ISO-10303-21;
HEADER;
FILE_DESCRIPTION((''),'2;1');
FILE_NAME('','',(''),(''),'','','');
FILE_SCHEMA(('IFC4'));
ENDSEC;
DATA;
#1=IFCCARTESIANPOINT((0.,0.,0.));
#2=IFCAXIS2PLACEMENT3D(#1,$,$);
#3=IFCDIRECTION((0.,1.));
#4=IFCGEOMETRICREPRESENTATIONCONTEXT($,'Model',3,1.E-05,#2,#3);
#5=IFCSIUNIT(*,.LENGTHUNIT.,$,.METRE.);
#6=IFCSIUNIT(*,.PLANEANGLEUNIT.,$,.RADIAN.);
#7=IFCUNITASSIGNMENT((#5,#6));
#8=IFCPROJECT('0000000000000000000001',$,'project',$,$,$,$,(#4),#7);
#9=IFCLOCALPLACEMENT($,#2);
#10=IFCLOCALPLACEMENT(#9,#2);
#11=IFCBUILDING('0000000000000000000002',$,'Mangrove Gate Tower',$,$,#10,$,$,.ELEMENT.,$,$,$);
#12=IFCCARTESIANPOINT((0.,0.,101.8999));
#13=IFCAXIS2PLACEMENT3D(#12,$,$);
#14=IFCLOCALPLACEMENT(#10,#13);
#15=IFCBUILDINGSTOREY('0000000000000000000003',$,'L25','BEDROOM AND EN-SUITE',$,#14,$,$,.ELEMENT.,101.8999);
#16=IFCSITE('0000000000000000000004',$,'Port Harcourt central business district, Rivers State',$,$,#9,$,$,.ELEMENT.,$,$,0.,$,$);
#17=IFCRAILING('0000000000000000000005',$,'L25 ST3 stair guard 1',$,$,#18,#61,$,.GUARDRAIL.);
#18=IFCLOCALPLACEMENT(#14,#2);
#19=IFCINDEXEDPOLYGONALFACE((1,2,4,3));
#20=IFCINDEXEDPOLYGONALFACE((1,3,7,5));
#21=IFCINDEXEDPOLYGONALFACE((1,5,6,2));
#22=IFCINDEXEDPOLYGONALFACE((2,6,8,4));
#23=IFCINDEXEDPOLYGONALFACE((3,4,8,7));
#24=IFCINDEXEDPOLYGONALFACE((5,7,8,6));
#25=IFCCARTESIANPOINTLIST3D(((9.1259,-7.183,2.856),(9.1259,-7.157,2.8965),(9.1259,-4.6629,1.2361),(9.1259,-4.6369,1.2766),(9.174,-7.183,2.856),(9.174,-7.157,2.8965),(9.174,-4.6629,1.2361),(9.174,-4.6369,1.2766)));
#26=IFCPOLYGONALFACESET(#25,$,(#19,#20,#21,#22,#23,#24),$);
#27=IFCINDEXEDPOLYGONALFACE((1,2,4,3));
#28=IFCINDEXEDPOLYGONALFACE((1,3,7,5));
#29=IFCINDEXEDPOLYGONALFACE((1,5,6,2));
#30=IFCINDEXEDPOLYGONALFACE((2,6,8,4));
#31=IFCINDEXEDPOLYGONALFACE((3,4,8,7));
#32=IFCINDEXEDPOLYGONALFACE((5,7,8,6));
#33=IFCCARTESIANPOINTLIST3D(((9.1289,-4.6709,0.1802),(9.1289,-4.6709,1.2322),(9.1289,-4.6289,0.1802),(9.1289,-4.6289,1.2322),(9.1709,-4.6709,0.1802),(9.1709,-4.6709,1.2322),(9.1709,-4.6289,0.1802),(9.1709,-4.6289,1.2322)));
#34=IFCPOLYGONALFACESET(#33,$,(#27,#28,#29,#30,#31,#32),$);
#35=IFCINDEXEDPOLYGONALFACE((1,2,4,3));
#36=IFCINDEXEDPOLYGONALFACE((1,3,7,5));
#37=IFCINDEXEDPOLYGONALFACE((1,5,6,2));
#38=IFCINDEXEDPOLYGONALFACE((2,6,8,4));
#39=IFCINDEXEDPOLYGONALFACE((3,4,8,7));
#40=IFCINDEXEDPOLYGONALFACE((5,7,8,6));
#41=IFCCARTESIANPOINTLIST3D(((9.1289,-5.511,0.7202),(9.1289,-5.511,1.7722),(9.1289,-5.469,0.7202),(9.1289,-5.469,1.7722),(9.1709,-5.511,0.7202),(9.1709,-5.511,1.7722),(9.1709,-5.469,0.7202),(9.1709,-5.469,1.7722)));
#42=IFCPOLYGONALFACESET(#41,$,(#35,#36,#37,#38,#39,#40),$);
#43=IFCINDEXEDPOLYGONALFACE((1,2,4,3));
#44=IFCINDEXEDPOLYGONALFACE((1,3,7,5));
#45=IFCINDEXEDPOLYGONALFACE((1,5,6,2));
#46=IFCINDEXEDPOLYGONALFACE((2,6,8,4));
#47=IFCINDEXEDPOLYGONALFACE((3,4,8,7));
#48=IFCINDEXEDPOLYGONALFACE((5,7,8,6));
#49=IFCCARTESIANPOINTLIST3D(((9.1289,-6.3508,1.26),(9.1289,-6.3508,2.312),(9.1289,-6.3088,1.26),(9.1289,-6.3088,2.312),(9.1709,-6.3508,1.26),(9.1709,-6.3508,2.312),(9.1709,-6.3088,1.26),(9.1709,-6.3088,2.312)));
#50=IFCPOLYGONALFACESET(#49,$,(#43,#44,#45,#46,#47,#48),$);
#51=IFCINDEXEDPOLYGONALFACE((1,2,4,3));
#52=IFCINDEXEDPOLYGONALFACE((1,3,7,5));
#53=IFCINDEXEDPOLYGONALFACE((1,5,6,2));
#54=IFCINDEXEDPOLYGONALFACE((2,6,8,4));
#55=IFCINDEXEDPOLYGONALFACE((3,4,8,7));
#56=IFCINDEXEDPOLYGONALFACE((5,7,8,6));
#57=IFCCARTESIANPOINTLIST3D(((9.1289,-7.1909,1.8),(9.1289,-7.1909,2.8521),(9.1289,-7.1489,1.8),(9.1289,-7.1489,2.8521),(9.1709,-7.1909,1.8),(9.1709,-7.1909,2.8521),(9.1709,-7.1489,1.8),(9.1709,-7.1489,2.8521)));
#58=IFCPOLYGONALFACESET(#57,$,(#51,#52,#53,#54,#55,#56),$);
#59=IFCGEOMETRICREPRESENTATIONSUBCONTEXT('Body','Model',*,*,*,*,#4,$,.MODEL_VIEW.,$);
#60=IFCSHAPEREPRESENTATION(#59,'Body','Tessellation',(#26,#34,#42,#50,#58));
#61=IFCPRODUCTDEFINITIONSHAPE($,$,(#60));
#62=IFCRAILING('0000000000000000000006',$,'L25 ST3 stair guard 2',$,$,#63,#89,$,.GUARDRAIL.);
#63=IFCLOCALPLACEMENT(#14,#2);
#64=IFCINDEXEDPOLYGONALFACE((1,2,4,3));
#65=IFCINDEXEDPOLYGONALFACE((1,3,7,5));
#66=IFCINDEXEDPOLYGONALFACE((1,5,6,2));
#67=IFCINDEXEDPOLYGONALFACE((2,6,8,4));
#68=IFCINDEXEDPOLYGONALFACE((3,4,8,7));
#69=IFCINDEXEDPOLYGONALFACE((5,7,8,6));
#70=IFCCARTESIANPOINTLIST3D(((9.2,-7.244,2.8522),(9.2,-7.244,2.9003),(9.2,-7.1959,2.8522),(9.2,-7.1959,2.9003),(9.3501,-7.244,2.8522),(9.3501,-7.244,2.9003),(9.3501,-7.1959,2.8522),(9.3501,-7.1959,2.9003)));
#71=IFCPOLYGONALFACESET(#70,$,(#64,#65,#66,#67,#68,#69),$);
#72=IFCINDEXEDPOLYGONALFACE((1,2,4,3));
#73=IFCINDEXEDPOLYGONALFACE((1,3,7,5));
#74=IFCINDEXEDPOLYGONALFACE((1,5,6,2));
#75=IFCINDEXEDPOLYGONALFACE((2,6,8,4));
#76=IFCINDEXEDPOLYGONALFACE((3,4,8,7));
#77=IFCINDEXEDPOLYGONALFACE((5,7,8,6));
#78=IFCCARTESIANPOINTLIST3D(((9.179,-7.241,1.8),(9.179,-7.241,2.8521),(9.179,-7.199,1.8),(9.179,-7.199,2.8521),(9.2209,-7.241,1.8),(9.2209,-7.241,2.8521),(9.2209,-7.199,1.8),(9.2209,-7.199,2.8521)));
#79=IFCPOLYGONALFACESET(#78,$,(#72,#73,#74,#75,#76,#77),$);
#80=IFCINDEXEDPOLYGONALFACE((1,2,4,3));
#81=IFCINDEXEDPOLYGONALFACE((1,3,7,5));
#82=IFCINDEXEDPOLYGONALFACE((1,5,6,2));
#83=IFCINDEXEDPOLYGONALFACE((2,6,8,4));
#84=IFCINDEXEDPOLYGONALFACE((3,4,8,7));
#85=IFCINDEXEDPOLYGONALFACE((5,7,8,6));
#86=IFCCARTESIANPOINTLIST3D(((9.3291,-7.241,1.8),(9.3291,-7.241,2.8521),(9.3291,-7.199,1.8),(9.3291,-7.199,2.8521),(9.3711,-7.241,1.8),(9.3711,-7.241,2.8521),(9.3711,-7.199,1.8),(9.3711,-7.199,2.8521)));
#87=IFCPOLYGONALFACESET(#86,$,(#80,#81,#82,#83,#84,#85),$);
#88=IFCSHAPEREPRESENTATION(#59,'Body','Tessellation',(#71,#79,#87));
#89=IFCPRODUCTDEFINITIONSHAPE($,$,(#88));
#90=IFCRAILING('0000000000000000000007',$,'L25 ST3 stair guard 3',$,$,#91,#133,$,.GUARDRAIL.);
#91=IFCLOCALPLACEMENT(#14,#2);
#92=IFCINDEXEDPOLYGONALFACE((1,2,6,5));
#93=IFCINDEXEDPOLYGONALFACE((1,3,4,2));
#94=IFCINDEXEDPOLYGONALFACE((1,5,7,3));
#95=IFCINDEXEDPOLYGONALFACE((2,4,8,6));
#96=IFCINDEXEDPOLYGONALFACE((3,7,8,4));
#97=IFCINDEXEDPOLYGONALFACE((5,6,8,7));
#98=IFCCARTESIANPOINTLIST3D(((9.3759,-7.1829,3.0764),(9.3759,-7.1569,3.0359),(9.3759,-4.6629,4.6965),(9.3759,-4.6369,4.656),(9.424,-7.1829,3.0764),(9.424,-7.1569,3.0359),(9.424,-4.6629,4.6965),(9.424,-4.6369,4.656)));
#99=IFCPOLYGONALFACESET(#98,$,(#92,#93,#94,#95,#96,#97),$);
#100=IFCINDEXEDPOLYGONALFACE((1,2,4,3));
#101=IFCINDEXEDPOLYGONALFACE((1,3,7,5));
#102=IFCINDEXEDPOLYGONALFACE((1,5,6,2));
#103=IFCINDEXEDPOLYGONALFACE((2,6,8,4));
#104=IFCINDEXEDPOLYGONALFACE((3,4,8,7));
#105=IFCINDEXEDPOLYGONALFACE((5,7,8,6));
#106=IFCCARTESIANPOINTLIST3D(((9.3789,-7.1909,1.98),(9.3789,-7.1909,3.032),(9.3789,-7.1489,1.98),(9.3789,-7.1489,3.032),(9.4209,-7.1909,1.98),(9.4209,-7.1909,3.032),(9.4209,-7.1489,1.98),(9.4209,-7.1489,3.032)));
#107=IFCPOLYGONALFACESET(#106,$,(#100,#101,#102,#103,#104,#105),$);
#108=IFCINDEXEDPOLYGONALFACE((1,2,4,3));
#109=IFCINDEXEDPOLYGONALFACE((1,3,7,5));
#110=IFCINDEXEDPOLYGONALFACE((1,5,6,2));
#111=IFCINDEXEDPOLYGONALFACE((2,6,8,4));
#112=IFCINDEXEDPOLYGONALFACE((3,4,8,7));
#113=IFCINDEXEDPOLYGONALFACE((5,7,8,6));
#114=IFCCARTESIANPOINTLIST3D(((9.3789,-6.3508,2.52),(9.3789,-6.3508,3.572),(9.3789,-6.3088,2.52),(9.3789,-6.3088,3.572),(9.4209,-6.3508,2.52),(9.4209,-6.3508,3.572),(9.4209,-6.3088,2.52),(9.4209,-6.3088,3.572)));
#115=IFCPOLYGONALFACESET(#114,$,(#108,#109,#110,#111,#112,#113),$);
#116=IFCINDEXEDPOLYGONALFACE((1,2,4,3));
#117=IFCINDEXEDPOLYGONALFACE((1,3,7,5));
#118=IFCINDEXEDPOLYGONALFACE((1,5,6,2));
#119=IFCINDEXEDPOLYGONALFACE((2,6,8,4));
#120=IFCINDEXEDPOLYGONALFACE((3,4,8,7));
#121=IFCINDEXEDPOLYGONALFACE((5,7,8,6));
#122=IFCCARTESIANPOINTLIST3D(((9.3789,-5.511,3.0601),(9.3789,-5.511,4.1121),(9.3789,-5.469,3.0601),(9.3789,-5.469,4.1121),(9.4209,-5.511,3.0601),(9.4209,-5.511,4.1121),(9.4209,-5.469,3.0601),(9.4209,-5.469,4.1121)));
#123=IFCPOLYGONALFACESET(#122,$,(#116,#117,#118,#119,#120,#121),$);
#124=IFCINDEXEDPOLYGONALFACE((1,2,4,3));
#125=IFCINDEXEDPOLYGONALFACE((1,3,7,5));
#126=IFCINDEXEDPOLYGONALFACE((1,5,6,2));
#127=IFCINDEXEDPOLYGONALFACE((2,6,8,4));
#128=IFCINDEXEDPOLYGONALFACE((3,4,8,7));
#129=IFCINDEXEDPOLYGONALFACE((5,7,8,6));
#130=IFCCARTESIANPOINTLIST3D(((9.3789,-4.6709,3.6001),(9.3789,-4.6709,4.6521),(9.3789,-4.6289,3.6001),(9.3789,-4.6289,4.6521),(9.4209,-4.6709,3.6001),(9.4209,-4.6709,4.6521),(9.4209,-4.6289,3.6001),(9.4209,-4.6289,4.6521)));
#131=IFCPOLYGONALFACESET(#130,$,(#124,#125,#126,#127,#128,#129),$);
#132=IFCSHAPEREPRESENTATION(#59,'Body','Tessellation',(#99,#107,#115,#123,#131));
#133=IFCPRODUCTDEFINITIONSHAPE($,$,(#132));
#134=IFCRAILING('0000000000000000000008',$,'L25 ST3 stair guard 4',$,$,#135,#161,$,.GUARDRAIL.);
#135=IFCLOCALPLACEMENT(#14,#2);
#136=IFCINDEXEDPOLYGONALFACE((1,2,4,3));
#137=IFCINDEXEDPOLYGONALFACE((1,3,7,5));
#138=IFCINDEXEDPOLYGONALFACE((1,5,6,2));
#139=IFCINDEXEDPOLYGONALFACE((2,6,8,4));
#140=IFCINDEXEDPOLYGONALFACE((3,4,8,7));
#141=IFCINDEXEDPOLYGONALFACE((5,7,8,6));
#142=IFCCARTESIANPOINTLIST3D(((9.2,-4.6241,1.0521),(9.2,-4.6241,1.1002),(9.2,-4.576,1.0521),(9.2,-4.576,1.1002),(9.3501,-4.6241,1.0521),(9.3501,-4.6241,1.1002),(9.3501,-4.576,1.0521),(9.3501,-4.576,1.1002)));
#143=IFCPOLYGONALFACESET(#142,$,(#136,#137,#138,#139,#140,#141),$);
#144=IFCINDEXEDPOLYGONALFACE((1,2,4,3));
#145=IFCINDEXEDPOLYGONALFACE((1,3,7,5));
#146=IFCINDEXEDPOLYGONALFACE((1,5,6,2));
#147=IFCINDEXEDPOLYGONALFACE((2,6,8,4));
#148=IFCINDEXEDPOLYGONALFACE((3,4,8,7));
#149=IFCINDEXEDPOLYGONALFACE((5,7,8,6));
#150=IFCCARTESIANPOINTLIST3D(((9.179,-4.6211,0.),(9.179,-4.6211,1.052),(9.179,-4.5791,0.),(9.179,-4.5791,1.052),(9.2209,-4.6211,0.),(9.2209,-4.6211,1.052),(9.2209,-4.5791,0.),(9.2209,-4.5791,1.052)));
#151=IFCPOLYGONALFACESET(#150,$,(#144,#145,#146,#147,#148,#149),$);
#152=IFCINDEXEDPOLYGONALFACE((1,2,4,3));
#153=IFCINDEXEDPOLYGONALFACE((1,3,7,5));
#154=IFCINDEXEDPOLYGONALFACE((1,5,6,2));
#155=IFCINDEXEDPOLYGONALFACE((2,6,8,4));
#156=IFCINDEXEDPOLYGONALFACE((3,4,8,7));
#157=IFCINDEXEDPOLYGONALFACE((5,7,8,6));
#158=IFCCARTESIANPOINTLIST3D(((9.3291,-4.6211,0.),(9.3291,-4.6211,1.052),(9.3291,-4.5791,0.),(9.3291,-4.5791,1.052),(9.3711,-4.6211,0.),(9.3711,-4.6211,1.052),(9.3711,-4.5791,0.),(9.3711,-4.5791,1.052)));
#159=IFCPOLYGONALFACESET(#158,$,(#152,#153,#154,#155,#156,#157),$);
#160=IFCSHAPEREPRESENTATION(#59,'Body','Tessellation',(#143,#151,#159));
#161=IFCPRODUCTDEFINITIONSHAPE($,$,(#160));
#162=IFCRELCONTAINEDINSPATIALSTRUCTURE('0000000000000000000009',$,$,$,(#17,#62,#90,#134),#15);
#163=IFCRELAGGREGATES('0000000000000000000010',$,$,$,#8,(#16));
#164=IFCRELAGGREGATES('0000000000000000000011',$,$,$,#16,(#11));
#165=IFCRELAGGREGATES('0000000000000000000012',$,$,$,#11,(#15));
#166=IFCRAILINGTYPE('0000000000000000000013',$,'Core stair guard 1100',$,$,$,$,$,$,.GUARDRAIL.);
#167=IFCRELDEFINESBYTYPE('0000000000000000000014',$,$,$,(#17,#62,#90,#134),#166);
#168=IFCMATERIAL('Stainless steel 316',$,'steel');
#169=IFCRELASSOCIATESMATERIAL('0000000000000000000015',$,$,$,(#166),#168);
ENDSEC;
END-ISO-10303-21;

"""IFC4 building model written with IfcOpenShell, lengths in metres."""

from ifc_helpers import new_model, si_unit, direction, frame, origin, origin_2d, place, context, subcontext, project, spatial, rectangle, extrude, material, type_object, element, save


model = new_model("IFC4")

# Units and contexts
model_context = context("Model", 3, precision=1e-05, world=origin(), true_north=direction((0.0, 1.0)))
body_context = subcontext(model_context, "Body", "Model", "MODEL_VIEW")
ifc_project = project(units=[si_unit("LENGTHUNIT", "METRE"), si_unit("PLANEANGLEUNIT", "RADIAN")], contexts=[model_context])

# Site, building, storey
site_placement = place(None, origin())
site = spatial("IfcSite", under=ifc_project, at=site_placement, Name="Port Harcourt central business district, Rivers State", CompositionType="ELEMENT", RefElevation=0.0)
building_placement = place(site_placement, origin())
building = spatial("IfcBuilding", under=site, at=building_placement, Name="Mangrove Gate Tower", CompositionType="ELEMENT")
storey_placement = place(building_placement, frame((0.0, 0.0, 101.8999)))
storey = spatial("IfcBuildingStorey", under=building, at=storey_placement, Name="L25", Description="BEDROOM AND EN-SUITE", CompositionType="ELEMENT", Elevation=101.8999)

# Railings
ifc_material_1 = material(Name="Stainless steel 316", Category="steel")
railing_type_1 = type_object("IfcRailingType", Name="Core stair guard 1100", PredefinedType="GUARDRAIL", material=ifc_material_1)
railing_1_placement = place(storey_placement, frame((9.1499, -4.6499, 0.1802)))
element("IfcRailing", 1, at=railing_1_placement, inside=storey, type_object=railing_type_1, Name="L25 ST3 stair guard 1", PredefinedType="GUARDRAIL", context=body_context, shape_type="SweptSolid", body=[
    extrude(rectangle(XDim=0.0481, YDim=0.0481, at=origin_2d()), frame((0.0, 0.0, 1.0762), z_axis=(0.0, -0.8412, 0.540725), x_axis=(1.0, 0.0, 0.0)), (0.0, 0.0, 1.0), 2.9958),
    extrude(rectangle(XDim=0.042, YDim=0.042, at=origin_2d()), origin(), (0.0, 0.0, 1.0), 1.052),
    extrude(rectangle(XDim=0.042, YDim=0.042, at=origin_2d()), frame((0.0, -0.8401, 0.54)), (0.0, 0.0, 1.0), 1.052),
    extrude(rectangle(XDim=0.042, YDim=0.042, at=origin_2d()), frame((0.0, -1.6799, 1.0798)), (0.0, 0.0, 1.0), 1.052),
    extrude(rectangle(XDim=0.042, YDim=0.042, at=origin_2d()), frame((0.0, -2.52, 1.6199)), (0.0, 0.0, 1.0), 1.052),
])
railing_2_placement = place(storey_placement, frame((9.2, -7.22, 1.8)))
element("IfcRailing", 2, at=railing_2_placement, inside=storey, type_object=railing_type_1, Name="L25 ST3 stair guard 2", PredefinedType="GUARDRAIL", context=body_context, shape_type="SweptSolid", body=[
    extrude(rectangle(XDim=0.0481, YDim=0.0481, at=origin_2d()), frame((0.0, 0.0, 1.0762), z_axis=(1.0, 0.0, 0.0), x_axis=(0.0, 1.0, 0.0)), (0.0, 0.0, 1.0), 0.1501),
    extrude(rectangle(XDim=0.042, YDim=0.042, at=origin_2d()), origin(), (0.0, 0.0, 1.0), 1.052),
    extrude(rectangle(XDim=0.042, YDim=0.042, at=origin_2d()), frame((0.1501, 0.0, 0.0)), (0.0, 0.0, 1.0), 1.052),
])
railing_3_placement = place(storey_placement, frame((9.3999, -7.1699, 1.98)))
element("IfcRailing", 3, at=railing_3_placement, inside=storey, type_object=railing_type_1, Name="L25 ST3 stair guard 3", PredefinedType="GUARDRAIL", context=body_context, shape_type="SweptSolid", body=[
    extrude(rectangle(XDim=0.0481, YDim=0.0481, at=origin_2d()), frame((0.0, 0.0, 1.0762), z_axis=(0.0, 0.841163, 0.540782), x_axis=(-1.0, 0.0, 0.0)), (0.0, 0.0, 1.0), 2.9958),
    extrude(rectangle(XDim=0.042, YDim=0.042, at=origin_2d()), origin(), (0.0, 0.0, 1.0), 1.052),
    extrude(rectangle(XDim=0.042, YDim=0.042, at=origin_2d()), frame((0.0, 0.8401, 0.54)), (0.0, 0.0, 1.0), 1.052),
    extrude(rectangle(XDim=0.042, YDim=0.042, at=origin_2d()), frame((0.0, 1.6799, 1.0801)), (0.0, 0.0, 1.0), 1.052),
    extrude(rectangle(XDim=0.042, YDim=0.042, at=origin_2d()), frame((0.0, 2.52, 1.6201)), (0.0, 0.0, 1.0), 1.052),
])
railing_4_placement = place(storey_placement, frame((9.2, -4.6001, 0.0)))
element("IfcRailing", 4, at=railing_4_placement, inside=storey, type_object=railing_type_1, Name="L25 ST3 stair guard 4", PredefinedType="GUARDRAIL", context=body_context, shape_type="SweptSolid", body=[
    extrude(rectangle(XDim=0.0481, YDim=0.0481, at=origin_2d()), frame((0.0, 0.0, 1.0762), z_axis=(1.0, 0.0, 0.0), x_axis=(0.0, 1.0, 0.0)), (0.0, 0.0, 1.0), 0.1501),
    extrude(rectangle(XDim=0.042, YDim=0.042, at=origin_2d()), origin(), (0.0, 0.0, 1.0), 1.052),
    extrude(rectangle(XDim=0.042, YDim=0.042, at=origin_2d()), frame((0.1501, 0.0, 0.0)), (0.0, 0.0, 1.0), 1.052),
])

save(model, "model.ifc")
